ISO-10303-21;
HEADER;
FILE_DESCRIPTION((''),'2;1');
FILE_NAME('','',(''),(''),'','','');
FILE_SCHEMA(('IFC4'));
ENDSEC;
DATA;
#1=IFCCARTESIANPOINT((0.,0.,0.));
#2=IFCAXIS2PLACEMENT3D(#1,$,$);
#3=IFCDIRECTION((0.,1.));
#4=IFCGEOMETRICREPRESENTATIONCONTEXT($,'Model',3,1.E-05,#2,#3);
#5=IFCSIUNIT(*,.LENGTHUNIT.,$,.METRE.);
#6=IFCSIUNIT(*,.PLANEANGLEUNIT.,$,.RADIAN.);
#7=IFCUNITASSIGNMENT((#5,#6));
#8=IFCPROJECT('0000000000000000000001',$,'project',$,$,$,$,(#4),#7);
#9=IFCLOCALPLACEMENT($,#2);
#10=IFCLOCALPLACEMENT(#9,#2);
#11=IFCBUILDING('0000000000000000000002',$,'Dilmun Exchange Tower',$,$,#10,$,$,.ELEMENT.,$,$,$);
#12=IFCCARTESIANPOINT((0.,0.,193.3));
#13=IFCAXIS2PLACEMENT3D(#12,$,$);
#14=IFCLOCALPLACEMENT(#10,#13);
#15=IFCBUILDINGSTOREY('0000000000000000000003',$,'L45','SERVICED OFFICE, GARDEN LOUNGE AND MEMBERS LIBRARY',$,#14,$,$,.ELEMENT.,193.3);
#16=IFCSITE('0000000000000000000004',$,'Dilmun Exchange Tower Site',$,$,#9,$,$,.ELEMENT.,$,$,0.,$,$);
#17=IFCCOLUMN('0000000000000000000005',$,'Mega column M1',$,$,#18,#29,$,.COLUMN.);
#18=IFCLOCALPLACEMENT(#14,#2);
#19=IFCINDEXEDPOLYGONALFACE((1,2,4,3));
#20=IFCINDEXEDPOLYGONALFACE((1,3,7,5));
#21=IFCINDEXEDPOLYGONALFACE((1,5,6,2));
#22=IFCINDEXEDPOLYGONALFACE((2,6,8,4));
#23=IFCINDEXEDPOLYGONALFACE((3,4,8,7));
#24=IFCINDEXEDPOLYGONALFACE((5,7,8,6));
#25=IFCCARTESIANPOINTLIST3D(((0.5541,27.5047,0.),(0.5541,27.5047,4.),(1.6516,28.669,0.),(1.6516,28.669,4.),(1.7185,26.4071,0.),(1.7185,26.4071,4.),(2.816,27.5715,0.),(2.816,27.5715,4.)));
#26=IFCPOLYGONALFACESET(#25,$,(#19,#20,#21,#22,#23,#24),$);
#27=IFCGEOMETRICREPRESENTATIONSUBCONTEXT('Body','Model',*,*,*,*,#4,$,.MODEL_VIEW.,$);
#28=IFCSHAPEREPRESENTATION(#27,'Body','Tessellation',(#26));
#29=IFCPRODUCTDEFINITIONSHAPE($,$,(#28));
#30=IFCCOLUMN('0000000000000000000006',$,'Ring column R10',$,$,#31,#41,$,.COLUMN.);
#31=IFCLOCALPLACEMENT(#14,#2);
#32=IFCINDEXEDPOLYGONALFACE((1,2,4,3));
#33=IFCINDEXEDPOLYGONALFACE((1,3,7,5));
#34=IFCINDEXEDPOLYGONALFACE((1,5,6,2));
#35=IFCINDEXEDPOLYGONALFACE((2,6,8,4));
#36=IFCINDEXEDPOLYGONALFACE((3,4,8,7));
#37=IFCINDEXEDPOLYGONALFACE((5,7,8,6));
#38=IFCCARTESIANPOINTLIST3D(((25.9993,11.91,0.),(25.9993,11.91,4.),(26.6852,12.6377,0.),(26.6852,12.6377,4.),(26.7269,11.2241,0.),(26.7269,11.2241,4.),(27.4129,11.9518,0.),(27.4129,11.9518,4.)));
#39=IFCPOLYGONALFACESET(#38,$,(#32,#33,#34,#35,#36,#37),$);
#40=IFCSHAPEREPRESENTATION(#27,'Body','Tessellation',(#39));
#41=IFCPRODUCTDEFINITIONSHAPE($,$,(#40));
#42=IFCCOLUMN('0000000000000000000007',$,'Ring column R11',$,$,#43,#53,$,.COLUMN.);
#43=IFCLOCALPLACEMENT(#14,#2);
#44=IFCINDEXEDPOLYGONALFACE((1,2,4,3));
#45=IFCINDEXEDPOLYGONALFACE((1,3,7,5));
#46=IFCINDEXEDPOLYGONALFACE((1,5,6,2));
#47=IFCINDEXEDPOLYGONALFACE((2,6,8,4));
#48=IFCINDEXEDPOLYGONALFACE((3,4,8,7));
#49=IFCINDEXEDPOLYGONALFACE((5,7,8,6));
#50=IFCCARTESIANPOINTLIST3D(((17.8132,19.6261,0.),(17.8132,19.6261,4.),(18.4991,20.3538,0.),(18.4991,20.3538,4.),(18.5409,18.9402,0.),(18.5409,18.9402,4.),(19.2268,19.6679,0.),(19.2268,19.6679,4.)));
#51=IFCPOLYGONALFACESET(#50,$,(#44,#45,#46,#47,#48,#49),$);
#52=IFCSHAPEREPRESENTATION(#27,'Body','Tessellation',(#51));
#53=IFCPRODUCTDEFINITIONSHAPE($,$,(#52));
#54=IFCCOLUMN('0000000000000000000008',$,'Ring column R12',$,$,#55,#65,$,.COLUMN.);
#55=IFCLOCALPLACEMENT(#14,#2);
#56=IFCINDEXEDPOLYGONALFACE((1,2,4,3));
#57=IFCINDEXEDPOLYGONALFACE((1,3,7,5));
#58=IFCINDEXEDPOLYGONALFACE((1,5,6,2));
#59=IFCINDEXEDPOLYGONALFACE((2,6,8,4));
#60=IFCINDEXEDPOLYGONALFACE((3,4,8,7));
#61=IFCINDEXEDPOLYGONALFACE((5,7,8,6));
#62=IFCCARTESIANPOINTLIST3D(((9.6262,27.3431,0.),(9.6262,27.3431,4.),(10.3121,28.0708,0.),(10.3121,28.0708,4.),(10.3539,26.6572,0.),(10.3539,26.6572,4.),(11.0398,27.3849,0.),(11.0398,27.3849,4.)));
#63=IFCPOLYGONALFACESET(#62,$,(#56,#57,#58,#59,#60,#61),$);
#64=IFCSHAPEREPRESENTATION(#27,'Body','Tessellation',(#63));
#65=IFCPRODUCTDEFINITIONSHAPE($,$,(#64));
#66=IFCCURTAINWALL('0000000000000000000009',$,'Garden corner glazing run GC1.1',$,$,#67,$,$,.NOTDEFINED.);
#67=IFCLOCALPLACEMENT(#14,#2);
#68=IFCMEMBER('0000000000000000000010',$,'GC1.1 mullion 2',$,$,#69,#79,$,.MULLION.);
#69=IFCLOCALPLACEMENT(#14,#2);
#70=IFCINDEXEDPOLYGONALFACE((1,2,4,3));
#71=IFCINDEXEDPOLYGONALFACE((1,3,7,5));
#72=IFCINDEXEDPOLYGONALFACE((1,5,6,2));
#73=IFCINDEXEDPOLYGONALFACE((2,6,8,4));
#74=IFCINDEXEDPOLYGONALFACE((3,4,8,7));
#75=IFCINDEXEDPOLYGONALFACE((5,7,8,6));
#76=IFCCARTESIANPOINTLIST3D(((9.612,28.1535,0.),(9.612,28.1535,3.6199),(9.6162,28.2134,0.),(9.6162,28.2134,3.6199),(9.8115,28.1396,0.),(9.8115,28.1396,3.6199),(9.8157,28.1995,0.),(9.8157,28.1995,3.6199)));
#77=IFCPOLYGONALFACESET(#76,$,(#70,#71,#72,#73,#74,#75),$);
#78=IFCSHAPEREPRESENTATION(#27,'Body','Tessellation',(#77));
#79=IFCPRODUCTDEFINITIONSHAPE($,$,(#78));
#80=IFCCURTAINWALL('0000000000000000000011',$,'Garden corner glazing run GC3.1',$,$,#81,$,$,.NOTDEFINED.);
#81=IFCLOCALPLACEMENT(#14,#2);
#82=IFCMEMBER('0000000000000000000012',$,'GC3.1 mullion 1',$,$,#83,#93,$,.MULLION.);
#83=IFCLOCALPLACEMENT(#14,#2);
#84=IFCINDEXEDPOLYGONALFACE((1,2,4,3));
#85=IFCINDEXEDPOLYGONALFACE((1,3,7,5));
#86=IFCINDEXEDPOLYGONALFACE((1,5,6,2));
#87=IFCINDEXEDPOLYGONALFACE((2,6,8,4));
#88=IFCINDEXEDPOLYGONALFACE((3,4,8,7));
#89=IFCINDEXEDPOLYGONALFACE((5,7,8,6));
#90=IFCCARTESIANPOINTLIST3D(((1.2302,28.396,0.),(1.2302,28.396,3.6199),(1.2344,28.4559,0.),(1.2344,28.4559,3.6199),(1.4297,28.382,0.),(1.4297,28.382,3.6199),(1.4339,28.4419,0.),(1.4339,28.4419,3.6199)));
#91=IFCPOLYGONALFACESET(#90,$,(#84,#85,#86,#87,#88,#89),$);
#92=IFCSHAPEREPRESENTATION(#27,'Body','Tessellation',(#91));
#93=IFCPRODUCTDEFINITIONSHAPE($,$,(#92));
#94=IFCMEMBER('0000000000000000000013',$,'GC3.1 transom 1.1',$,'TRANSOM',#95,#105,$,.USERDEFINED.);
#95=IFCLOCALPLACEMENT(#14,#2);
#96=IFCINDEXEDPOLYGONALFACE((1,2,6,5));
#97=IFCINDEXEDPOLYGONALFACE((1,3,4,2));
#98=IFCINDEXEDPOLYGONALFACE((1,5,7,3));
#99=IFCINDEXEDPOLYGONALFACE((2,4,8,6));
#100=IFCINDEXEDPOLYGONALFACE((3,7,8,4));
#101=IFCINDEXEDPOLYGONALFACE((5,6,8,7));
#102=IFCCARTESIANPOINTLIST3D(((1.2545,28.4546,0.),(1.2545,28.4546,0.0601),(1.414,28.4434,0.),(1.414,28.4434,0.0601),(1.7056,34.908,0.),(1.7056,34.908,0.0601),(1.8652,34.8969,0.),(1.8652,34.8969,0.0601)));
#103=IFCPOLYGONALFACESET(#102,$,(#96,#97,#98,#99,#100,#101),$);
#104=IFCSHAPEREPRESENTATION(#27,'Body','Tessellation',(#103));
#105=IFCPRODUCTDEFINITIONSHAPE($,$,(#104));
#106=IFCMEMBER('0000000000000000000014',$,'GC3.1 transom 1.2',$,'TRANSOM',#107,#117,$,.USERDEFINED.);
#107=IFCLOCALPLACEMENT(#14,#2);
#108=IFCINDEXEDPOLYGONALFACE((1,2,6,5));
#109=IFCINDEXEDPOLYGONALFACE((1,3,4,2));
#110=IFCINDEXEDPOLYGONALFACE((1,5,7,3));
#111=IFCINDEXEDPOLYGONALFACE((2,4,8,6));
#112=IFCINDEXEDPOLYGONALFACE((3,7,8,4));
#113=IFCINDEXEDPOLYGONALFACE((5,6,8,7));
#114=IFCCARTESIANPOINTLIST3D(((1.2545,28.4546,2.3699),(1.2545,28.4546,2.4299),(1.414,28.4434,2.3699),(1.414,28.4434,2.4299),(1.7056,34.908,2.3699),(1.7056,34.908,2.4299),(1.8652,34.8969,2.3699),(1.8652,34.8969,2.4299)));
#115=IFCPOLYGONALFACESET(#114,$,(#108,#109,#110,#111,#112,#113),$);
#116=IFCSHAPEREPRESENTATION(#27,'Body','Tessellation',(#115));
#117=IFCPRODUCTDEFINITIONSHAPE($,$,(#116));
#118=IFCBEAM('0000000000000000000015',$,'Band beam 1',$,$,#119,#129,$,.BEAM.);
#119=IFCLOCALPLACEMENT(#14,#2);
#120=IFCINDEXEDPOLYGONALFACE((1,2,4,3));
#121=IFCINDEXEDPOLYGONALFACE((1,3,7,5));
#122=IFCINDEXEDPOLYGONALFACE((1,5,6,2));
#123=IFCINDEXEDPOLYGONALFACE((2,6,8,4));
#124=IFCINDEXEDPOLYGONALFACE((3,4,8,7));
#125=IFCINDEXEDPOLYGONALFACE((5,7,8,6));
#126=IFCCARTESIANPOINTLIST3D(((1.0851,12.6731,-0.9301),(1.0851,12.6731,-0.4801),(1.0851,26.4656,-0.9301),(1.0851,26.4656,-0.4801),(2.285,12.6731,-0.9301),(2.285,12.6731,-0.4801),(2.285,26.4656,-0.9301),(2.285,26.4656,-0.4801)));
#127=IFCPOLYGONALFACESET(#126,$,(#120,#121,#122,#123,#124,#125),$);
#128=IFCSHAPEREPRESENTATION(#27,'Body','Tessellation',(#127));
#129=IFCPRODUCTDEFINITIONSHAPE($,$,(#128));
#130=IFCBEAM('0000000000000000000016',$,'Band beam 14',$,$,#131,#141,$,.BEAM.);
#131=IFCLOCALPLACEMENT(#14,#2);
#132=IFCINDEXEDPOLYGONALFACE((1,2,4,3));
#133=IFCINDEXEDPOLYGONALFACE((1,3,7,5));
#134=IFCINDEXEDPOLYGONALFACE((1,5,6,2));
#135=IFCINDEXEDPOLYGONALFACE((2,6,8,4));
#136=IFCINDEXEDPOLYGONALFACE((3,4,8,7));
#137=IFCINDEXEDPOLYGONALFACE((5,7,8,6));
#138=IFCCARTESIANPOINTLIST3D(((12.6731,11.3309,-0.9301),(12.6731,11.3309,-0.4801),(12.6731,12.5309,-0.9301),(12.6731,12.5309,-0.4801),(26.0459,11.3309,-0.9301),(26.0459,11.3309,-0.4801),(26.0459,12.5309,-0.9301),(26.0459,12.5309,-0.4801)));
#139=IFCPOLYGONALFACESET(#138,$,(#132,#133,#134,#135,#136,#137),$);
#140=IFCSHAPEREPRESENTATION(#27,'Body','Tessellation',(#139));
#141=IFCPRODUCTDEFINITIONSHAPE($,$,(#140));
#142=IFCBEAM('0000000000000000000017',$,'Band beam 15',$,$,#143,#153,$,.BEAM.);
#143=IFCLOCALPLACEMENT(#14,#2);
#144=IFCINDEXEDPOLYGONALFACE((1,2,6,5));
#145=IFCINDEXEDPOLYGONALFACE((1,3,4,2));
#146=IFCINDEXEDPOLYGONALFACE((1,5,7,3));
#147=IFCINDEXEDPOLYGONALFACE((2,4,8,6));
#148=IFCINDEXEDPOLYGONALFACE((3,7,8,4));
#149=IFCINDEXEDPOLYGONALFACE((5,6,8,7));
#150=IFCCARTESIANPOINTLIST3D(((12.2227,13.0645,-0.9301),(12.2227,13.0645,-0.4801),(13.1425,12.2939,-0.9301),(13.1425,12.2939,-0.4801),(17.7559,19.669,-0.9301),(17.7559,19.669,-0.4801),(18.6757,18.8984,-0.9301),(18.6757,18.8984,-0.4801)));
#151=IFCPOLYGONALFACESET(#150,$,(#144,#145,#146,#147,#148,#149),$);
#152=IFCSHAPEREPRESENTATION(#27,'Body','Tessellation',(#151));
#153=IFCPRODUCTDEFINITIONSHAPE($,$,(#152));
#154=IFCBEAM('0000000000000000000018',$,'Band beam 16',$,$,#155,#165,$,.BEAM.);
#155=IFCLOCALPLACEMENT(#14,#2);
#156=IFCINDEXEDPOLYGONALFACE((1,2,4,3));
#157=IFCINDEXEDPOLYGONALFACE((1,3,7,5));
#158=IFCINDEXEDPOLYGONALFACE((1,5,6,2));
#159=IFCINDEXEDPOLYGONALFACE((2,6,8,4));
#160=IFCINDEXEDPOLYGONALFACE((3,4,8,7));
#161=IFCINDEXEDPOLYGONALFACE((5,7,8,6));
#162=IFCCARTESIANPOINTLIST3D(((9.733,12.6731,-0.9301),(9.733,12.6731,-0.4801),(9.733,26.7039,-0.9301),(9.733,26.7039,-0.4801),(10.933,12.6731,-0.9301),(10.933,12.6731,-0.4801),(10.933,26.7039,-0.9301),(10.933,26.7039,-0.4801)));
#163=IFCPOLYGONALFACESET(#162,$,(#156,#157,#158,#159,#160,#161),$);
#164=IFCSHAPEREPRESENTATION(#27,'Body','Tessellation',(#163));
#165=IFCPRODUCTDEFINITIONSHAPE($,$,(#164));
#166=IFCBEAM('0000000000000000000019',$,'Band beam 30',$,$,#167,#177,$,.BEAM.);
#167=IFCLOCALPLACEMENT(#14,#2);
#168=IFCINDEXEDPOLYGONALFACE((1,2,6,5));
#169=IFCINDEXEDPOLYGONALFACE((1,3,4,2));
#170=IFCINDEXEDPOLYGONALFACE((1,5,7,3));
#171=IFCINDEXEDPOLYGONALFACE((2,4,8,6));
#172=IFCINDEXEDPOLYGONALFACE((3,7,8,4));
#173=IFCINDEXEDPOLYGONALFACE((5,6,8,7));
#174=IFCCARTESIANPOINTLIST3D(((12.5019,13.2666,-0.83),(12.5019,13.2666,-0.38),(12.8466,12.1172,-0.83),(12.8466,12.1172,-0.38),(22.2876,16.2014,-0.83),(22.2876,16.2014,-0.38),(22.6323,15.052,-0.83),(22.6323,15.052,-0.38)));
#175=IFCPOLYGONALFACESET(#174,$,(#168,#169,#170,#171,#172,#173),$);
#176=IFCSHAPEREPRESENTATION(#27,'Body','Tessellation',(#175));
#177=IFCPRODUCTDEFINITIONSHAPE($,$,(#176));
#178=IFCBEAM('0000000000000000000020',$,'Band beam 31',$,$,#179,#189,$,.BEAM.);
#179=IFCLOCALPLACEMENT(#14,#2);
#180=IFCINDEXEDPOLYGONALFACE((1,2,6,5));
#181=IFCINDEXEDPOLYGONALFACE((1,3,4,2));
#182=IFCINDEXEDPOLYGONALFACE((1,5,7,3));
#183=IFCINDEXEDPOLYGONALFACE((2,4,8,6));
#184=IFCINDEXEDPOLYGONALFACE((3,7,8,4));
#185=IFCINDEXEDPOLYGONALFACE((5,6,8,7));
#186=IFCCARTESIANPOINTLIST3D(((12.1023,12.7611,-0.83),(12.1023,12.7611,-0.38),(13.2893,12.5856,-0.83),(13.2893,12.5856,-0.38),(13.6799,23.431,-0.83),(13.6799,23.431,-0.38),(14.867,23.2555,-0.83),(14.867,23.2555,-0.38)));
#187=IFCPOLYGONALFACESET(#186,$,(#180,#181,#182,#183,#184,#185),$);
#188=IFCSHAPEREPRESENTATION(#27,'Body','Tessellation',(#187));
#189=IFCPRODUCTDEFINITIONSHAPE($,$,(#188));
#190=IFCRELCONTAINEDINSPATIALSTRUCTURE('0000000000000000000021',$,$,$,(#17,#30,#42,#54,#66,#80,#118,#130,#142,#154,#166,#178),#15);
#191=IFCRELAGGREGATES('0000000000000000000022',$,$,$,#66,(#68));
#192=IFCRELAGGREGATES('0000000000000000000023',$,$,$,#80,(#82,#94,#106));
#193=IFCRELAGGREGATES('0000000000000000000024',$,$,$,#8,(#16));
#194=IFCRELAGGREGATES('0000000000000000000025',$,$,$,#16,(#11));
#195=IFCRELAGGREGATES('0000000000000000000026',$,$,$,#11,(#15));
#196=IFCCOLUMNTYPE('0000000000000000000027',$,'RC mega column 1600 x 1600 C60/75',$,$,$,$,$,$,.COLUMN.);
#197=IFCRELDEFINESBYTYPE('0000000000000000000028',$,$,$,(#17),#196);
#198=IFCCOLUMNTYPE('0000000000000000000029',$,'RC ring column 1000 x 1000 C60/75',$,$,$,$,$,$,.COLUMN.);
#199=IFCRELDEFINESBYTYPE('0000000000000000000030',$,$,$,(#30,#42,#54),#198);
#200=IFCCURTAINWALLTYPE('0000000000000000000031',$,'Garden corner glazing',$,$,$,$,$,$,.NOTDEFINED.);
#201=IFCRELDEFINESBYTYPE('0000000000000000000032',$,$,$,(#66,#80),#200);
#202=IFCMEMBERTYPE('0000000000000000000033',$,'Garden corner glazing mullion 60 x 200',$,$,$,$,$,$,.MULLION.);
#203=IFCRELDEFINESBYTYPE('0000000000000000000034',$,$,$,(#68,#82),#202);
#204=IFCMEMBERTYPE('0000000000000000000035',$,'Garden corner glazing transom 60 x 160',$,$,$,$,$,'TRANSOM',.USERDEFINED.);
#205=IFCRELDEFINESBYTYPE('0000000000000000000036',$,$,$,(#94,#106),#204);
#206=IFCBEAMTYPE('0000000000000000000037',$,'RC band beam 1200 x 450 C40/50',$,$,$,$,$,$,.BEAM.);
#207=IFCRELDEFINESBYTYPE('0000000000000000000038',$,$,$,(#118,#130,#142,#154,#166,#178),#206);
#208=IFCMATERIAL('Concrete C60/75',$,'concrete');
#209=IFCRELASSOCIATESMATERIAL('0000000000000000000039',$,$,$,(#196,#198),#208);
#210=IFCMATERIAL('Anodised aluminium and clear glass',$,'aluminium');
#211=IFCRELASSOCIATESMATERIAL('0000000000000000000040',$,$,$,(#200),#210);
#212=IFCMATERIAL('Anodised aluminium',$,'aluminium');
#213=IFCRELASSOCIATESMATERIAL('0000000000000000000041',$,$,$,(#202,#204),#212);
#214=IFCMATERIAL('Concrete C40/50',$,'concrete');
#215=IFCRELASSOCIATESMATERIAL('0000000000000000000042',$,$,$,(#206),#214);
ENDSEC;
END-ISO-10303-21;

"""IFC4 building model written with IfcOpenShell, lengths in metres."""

from ifc_helpers import new_model, si_unit, direction, frame, origin, origin_2d, place, context, subcontext, project, spatial, rectangle, extrude, material, material_profile, profile_set, type_object, element, aggregate, save


model = new_model("IFC4")

# Units and contexts
model_context = context("Model", 3, precision=1e-05, world=origin(), true_north=direction((0.0, 1.0)))
body_context = subcontext(model_context, "Body", "Model", "MODEL_VIEW")
ifc_project = project(units=[si_unit("LENGTHUNIT", "METRE"), si_unit("PLANEANGLEUNIT", "RADIAN")], contexts=[model_context])

# Site, building, storey
site_placement = place(None, origin())
site = spatial("IfcSite", under=ifc_project, at=site_placement, Name="Dilmun Exchange Tower Site", CompositionType="ELEMENT", RefElevation=0.0)
building_placement = place(site_placement, origin())
building = spatial("IfcBuilding", under=site, at=building_placement, Name="Dilmun Exchange Tower", CompositionType="ELEMENT")
storey_placement = place(building_placement, frame((0.0, 0.0, 193.3)))
storey = spatial("IfcBuildingStorey", under=building, at=storey_placement, Name="L45", Description="SERVICED OFFICE, GARDEN LOUNGE AND MEMBERS LIBRARY", CompositionType="ELEMENT", Elevation=193.3)

# Columns
ifc_material_1 = material(Name="Concrete C60/75", Category="concrete")
ifc_material_profile_1 = material_profile(ifc_material_1, rectangle(XDim=1.6001, YDim=1.6001, at=origin_2d()), Name="1600 x 1600")
ifc_profile_set_1 = profile_set([ifc_material_profile_1], Name="Concrete C60/75")
column_type_1 = type_object("IfcColumnType", Name="RC mega column 1600 x 1600 C60/75", PredefinedType="COLUMN", material=ifc_profile_set_1)
column_placement = place(storey_placement, frame((1.6851, 27.5381, 0.0), z_axis=(0.0, 0.0, 1.0), x_axis=(0.685916, 0.727681, 0.0)))
element("IfcColumn", 1, at=column_placement, inside=storey, type_object=column_type_1, Name="Mega column M1", PredefinedType="COLUMN", context=body_context, shape_type="SweptSolid", body=[
    extrude(rectangle(XDim=1.6001, YDim=1.6001, at=origin_2d()), origin(), (0.0, 0.0, 1.0), 4.0),
])
ifc_material_profile_2 = material_profile(ifc_material_1, rectangle(XDim=1.0, YDim=1.0, at=origin_2d()), Name="1000 x 1000")
ifc_profile_set_2 = profile_set([ifc_material_profile_2], Name="Concrete C60/75")
column_type_2 = type_object("IfcColumnType", Name="RC ring column 1000 x 1000 C60/75", PredefinedType="COLUMN", material=ifc_profile_set_2)
for number, where, z_axis, x_axis, name in (
    (2, (26.7061, 11.9309, 0.0), (0.0, 0.0, 1.0), (0.685916, 0.727681, 0.0), "Ring column R10"),
    (3, (18.52, 19.647, 0.0), (0.0, 0.0, 1.0), (0.685916, 0.727681, 0.0), "Ring column R11"),
    (4, (10.333, 27.364, 0.0), (0.0, 0.0, 1.0), (0.685916, 0.727681, 0.0), "Ring column R12"),
):
    element("IfcColumn", number, at=place(storey_placement, frame(where, z_axis=z_axis, x_axis=x_axis)), inside=storey, type_object=column_type_2, Name=name, PredefinedType="COLUMN", context=body_context, shape_type="SweptSolid", body=[
        extrude(rectangle(XDim=1.0, YDim=1.0, at=origin_2d()), origin(), (0.0, 0.0, 1.0), 4.0),
    ])

# Curtain wall, member
ifc_material_2 = material(Name="Anodised aluminium and clear glass", Category="aluminium")
curtain_wall_type = type_object("IfcCurtainWallType", Name="Garden corner glazing", PredefinedType="NOTDEFINED", material=ifc_material_2)
curtain_wall_1_placement = place(storey_placement, origin())
curtain_wall_1 = element("IfcCurtainWall", 5, at=curtain_wall_1_placement, inside=storey, type_object=curtain_wall_type, Name="Garden corner glazing run GC1.1", PredefinedType="NOTDEFINED")
ifc_material_3 = material(Name="Anodised aluminium", Category="aluminium")
ifc_material_profile_3 = material_profile(ifc_material_3, rectangle(XDim=0.2, YDim=0.0601, at=origin_2d()), Name="AL 60x200")
ifc_profile_set_3 = profile_set([ifc_material_profile_3], Name="Anodised aluminium")
member_type_1 = type_object("IfcMemberType", Name="Garden corner glazing mullion 60 x 200", PredefinedType="MULLION", material=ifc_profile_set_3)
member_1_placement = place(storey_placement, frame((9.7139, 28.1765, 0.0), z_axis=(0.0, 0.0, 1.0), x_axis=(0.997564, -0.069752, 0.0)))
member_1 = element("IfcMember", 6, at=member_1_placement, type_object=member_type_1, Name="GC1.1 mullion 2", PredefinedType="MULLION", context=body_context, shape_type="SweptSolid", body=[
    extrude(rectangle(XDim=0.2, YDim=0.0601, at=origin_2d()), origin(), (0.0, 0.0, 1.0), 3.6199),
])
aggregate(curtain_wall_1, [member_1])

# Curtain wall, members
curtain_wall_2_placement = place(storey_placement, origin())
curtain_wall_2 = element("IfcCurtainWall", 7, at=curtain_wall_2_placement, inside=storey, type_object=curtain_wall_type, Name="Garden corner glazing run GC3.1", PredefinedType="NOTDEFINED")
member_2_placement = place(storey_placement, frame((1.332, 28.4189, 0.0), z_axis=(0.0, 0.0, 1.0), x_axis=(-0.997564, 0.069752, 0.0)))
member_2 = element("IfcMember", 8, at=member_2_placement, type_object=member_type_1, Name="GC3.1 mullion 1", PredefinedType="MULLION", context=body_context, shape_type="SweptSolid", body=[
    extrude(rectangle(XDim=0.2, YDim=0.0601, at=origin_2d()), origin(), (0.0, 0.0, 1.0), 3.6199),
])
ifc_material_profile_4 = material_profile(ifc_material_3, rectangle(XDim=0.1599, YDim=0.0601, at=origin_2d()), Name="AL 60x160")
ifc_profile_set_4 = profile_set([ifc_material_profile_4], Name="Anodised aluminium")
member_type_2 = type_object("IfcMemberType", Name="Garden corner glazing transom 60 x 160", ElementType="TRANSOM", PredefinedType="USERDEFINED", material=ifc_profile_set_4)
member_3_placement = place(storey_placement, frame((1.3342, 28.449, 0.03), z_axis=(0.069742, 0.997565, 0.0), x_axis=(-0.997565, 0.069742, 0.0)))
member_3 = element("IfcMember", 9, at=member_3_placement, type_object=member_type_2, Name="GC3.1 transom 1.1", ObjectType="TRANSOM", PredefinedType="USERDEFINED", context=body_context, shape_type="SweptSolid", body=[
    extrude(rectangle(XDim=0.1599, YDim=0.0601, at=origin_2d()), origin(), (0.0, 0.0, 1.0), 6.4692),
])
member_4_placement = place(storey_placement, frame((1.3342, 28.449, 2.3999), z_axis=(0.069742, 0.997565, 0.0), x_axis=(-0.997565, 0.069742, 0.0)))
member_4 = element("IfcMember", 10, at=member_4_placement, type_object=member_type_2, Name="GC3.1 transom 1.2", ObjectType="TRANSOM", PredefinedType="USERDEFINED", context=body_context, shape_type="SweptSolid", body=[
    extrude(rectangle(XDim=0.1599, YDim=0.0601, at=origin_2d()), origin(), (0.0, 0.0, 1.0), 6.4692),
])
aggregate(curtain_wall_2, [member_2, member_3, member_4])

# Beams
ifc_material_4 = material(Name="Concrete C40/50", Category="concrete")
ifc_material_profile_5 = material_profile(ifc_material_4, rectangle(XDim=1.2, YDim=0.45, at=origin_2d()), Name="1200 x 450")
ifc_profile_set_5 = profile_set([ifc_material_profile_5], Name="Concrete C40/50")
beam_type_1 = type_object("IfcBeamType", Name="RC band beam 1200 x 450 C40/50", PredefinedType="BEAM", material=ifc_profile_set_5)
beam_1_placement = place(storey_placement, frame((1.6851, 26.4656, -0.7051), z_axis=(0.0, -1.0, 0.0), x_axis=(1.0, 0.0, 0.0)))
element("IfcBeam", 11, at=beam_1_placement, inside=storey, type_object=beam_type_1, Name="Band beam 1", PredefinedType="BEAM", context=body_context, shape_type="SweptSolid", body=[
    extrude(rectangle(XDim=1.2, YDim=0.45, at=origin_2d()), origin(), (0.0, 0.0, 1.0), 13.7925),
])
beam_2_placement = place(storey_placement, frame((26.0459, 11.9309, -0.7051), z_axis=(-1.0, 0.0, 0.0), x_axis=(0.0, -1.0, 0.0)))
element("IfcBeam", 12, at=beam_2_placement, inside=storey, type_object=beam_type_1, Name="Band beam 14", PredefinedType="BEAM", context=body_context, shape_type="SweptSolid", body=[
    extrude(rectangle(XDim=1.2, YDim=0.45, at=origin_2d()), origin(), (0.0, 0.0, 1.0), 13.3728),
])
beam_3_placement = place(storey_placement, frame((18.2158, 19.2837, -0.7051), z_axis=(-0.6422, -0.766537, 0.0), x_axis=(0.766537, -0.6422, 0.0)))
element("IfcBeam", 13, at=beam_3_placement, inside=storey, type_object=beam_type_1, Name="Band beam 15", PredefinedType="BEAM", context=body_context, shape_type="SweptSolid", body=[
    extrude(rectangle(XDim=1.2, YDim=0.45, at=origin_2d()), origin(), (0.0, 0.0, 1.0), 8.616),
])
beam_4_placement = place(storey_placement, frame((10.333, 26.7039, -0.7051), z_axis=(0.0, -1.0, 0.0), x_axis=(1.0, 0.0, 0.0)))
element("IfcBeam", 14, at=beam_4_placement, inside=storey, type_object=beam_type_1, Name="Band beam 16", PredefinedType="BEAM", context=body_context, shape_type="SweptSolid", body=[
    extrude(rectangle(XDim=1.2, YDim=0.45, at=origin_2d()), origin(), (0.0, 0.0, 1.0), 14.0308),
])
beam_5_placement = place(storey_placement, frame((22.46, 15.6267, -0.605), z_axis=(-0.95785, -0.287269, 0.0), x_axis=(0.287269, -0.95785, 0.0)))
element("IfcBeam", 15, at=beam_5_placement, inside=storey, type_object=beam_type_1, Name="Band beam 30", PredefinedType="BEAM", context=body_context, shape_type="SweptSolid", body=[
    extrude(rectangle(XDim=1.2, YDim=0.45, at=origin_2d()), origin(), (0.0, 0.0, 1.0), 10.2163),
])
beam_6_placement = place(storey_placement, frame((14.2734, 23.3433, -0.605), z_axis=(-0.146268, -0.989245, 0.0), x_axis=(0.989245, -0.146268, 0.0)))
element("IfcBeam", 16, at=beam_6_placement, inside=storey, type_object=beam_type_1, Name="Band beam 31", PredefinedType="BEAM", context=body_context, shape_type="SweptSolid", body=[
    extrude(rectangle(XDim=1.2, YDim=0.45, at=origin_2d()), origin(), (0.0, 0.0, 1.0), 10.7859),
])

save(model, "model.ifc")
